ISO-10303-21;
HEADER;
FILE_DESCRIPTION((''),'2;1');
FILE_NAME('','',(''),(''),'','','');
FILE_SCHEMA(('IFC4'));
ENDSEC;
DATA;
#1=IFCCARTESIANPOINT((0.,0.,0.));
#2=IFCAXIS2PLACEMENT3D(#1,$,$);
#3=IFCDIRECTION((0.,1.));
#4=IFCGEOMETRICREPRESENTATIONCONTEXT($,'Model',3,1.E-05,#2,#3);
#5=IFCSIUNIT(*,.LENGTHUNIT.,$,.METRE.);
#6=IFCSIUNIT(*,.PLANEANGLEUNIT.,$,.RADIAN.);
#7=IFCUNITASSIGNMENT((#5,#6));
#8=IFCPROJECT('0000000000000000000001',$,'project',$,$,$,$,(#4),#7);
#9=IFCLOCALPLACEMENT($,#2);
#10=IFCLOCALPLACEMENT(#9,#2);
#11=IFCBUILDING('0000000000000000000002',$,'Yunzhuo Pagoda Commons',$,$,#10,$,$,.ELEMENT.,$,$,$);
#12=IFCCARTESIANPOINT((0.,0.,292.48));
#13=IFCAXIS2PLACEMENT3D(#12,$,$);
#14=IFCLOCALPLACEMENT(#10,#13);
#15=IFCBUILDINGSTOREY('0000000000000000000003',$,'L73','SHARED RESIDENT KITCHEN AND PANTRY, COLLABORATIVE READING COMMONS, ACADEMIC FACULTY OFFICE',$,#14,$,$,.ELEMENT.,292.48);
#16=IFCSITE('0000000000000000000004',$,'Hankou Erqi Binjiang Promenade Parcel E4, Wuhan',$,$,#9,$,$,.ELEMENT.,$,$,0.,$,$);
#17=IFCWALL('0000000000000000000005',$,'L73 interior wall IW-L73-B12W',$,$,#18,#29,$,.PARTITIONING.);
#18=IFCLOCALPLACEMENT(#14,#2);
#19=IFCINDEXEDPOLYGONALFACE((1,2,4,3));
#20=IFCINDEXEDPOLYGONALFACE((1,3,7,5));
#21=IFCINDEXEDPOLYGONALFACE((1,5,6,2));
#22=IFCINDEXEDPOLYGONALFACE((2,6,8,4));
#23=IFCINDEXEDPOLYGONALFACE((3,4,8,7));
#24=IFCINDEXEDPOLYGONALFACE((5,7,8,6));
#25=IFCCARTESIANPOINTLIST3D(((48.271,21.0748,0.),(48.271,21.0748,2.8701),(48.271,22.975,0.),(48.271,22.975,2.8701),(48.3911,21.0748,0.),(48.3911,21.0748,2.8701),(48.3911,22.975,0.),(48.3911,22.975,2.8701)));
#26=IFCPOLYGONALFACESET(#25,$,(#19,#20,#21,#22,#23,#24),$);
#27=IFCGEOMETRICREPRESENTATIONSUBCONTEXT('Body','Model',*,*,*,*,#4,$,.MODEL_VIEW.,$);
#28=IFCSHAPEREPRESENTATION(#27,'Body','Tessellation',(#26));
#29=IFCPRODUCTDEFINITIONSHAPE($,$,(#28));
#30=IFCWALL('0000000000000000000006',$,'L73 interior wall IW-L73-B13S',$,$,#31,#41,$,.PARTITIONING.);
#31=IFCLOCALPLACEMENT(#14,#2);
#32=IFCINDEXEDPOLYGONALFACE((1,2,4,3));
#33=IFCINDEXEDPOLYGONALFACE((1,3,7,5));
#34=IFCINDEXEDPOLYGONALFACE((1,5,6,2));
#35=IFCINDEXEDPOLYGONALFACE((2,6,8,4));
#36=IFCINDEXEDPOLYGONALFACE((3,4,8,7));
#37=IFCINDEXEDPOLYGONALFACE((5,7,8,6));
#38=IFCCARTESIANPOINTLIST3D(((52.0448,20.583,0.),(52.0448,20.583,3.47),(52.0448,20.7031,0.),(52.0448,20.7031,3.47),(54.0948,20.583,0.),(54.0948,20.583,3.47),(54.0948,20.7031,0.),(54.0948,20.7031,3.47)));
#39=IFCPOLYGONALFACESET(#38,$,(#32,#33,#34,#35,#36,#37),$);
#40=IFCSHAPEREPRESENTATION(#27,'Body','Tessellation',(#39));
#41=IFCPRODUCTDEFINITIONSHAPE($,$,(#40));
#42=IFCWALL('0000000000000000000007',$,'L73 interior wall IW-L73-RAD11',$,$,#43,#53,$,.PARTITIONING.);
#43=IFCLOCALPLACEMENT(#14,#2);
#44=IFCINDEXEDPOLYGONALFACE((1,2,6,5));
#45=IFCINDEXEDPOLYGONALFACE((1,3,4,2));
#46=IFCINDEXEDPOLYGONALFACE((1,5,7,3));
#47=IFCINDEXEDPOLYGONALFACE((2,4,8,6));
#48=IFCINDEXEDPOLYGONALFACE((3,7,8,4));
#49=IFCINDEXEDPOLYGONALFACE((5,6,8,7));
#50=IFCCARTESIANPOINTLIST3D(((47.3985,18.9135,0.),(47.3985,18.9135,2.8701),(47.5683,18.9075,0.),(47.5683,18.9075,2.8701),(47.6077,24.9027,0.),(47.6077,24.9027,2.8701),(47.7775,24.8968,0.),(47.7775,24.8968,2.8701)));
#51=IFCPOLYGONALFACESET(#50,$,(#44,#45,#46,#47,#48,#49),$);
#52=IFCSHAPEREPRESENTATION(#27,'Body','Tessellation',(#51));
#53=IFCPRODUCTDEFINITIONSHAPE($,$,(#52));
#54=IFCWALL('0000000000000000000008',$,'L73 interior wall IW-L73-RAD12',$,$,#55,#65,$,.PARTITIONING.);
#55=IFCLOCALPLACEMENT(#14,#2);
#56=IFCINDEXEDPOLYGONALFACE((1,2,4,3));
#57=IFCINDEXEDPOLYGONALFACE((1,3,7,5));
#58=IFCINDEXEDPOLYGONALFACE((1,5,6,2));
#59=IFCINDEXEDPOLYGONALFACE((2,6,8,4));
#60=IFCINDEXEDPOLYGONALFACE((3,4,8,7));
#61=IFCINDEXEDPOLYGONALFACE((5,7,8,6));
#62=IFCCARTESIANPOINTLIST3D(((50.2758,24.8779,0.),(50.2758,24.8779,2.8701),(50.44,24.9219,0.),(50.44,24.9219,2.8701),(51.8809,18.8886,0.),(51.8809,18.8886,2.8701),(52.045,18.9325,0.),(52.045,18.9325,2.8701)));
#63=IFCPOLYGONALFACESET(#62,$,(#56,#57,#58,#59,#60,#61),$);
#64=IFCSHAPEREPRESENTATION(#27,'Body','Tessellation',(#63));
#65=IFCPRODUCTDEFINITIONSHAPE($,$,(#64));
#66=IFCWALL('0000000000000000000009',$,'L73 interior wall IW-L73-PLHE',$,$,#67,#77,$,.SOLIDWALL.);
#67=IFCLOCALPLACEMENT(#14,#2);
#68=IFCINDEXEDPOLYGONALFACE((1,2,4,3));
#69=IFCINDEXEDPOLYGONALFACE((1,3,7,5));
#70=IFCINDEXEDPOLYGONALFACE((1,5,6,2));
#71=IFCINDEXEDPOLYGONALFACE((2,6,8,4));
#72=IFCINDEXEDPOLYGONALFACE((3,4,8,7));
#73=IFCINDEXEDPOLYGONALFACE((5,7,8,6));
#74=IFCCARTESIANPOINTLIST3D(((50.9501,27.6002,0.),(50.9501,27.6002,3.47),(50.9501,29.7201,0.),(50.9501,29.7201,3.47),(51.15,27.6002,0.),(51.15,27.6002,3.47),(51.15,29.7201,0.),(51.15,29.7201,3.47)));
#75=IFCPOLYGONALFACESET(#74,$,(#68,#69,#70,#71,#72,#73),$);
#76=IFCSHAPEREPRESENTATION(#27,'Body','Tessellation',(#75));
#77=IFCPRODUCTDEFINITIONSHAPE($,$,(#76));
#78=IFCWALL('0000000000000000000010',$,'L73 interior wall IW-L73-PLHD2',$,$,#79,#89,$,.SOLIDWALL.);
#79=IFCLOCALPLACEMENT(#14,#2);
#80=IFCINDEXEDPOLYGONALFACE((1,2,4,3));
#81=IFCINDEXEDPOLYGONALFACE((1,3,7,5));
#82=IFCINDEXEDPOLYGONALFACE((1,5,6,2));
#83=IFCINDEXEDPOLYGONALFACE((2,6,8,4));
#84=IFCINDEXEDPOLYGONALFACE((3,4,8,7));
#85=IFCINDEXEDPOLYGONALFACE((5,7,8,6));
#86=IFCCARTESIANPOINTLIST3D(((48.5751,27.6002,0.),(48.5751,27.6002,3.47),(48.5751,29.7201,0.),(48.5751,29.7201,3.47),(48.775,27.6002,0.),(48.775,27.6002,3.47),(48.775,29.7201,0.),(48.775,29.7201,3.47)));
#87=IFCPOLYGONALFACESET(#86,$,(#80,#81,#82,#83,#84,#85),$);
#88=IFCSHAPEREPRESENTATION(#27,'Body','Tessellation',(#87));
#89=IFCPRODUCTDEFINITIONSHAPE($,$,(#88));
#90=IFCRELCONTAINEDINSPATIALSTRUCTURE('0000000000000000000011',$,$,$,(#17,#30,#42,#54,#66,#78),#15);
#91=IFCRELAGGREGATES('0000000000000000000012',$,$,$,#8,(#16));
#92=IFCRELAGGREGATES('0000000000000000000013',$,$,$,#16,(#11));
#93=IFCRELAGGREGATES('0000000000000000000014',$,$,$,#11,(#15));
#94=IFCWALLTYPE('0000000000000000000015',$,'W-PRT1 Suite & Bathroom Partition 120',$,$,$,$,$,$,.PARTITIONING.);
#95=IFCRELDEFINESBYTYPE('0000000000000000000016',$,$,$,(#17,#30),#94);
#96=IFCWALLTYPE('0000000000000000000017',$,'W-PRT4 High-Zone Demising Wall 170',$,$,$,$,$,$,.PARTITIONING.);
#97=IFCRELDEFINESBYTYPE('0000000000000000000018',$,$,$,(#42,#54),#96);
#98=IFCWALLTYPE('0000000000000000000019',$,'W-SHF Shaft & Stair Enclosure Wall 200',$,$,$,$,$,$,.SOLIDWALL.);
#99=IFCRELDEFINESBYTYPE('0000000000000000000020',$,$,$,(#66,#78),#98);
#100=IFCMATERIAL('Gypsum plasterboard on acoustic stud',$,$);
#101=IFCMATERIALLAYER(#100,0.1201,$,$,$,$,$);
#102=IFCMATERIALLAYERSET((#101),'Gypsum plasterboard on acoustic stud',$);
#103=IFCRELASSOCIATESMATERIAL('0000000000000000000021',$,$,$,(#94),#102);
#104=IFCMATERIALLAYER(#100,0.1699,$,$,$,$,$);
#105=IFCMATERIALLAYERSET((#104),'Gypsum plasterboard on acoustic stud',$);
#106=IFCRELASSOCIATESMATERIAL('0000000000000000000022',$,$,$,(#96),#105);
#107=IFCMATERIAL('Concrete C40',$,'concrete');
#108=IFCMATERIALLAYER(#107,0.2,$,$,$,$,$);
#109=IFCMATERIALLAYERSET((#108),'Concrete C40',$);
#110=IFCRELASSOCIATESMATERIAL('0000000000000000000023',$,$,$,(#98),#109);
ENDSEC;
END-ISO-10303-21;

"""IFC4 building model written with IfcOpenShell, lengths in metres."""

from ifc_helpers import new_model, si_unit, direction, frame, frame_2d, origin, place, context, subcontext, project, spatial, rectangle, extrude, material, layer, layer_set, type_object, element, save


model = new_model("IFC4")

# Units and contexts
model_context = context("Model", 3, precision=1e-05, world=origin(), true_north=direction((0.0, 1.0)))
body_context = subcontext(model_context, "Body", "Model", "MODEL_VIEW")
ifc_project = project(units=[si_unit("LENGTHUNIT", "METRE"), si_unit("PLANEANGLEUNIT", "RADIAN")], contexts=[model_context])

# Site, building, storey
site_placement = place(None, origin())
site = spatial("IfcSite", under=ifc_project, at=site_placement, Name="Hankou Erqi Binjiang Promenade Parcel E4, Wuhan", CompositionType="ELEMENT", RefElevation=0.0)
building_placement = place(site_placement, origin())
building = spatial("IfcBuilding", under=site, at=building_placement, Name="Yunzhuo Pagoda Commons", CompositionType="ELEMENT")
storey_placement = place(building_placement, frame((0.0, 0.0, 292.48)))
storey = spatial("IfcBuildingStorey", under=building, at=storey_placement, Name="L73", Description="SHARED RESIDENT KITCHEN AND PANTRY, COLLABORATIVE READING COMMONS, ACADEMIC FACULTY OFFICE", CompositionType="ELEMENT", Elevation=292.48)

# Shared definitions
ifc_material_1 = material(Name="Gypsum plasterboard on acoustic stud")

# Shared definitions
ifc_layer_1 = layer(ifc_material_1, 0.1201)
ifc_layer_set_1 = layer_set([ifc_layer_1], Name="Gypsum plasterboard on acoustic stud")
wall_type_1 = type_object("IfcWallType", Name="W-PRT1 Suite & Bathroom Partition 120", PredefinedType="PARTITIONING", material=ifc_layer_set_1)

# Walls
wall_1_placement = place(storey_placement, frame((48.3311, 22.9751, 0.0), z_axis=(0.0, 0.0, 1.0), x_axis=(0.0, -1.0, 0.0)))
element("IfcWall", 1, at=wall_1_placement, inside=storey, type_object=wall_type_1, Name="L73 interior wall IW-L73-B12W", PredefinedType="PARTITIONING", context=body_context, shape_type="SweptSolid", body=[
    extrude(rectangle(XDim=1.9001, YDim=0.1201, at=frame_2d((0.9502, 0.0))), origin(), (0.0, 0.0, 1.0), 2.8701),
])
wall_2_placement = place(storey_placement, frame((52.0449, 20.6431, 0.0), z_axis=(0.0, 0.0, 1.0), x_axis=(1.0, 0.0, 0.0)))
element("IfcWall", 2, at=wall_2_placement, inside=storey, type_object=wall_type_1, Name="L73 interior wall IW-L73-B13S", PredefinedType="PARTITIONING", context=body_context, shape_type="SweptSolid", body=[
    extrude(rectangle(XDim=2.05, YDim=0.1201, at=frame_2d((1.0249, 0.0))), origin(), (0.0, 0.0, 1.0), 3.47),
])
ifc_layer_2 = layer(ifc_material_1, 0.1699)
ifc_layer_set_2 = layer_set([ifc_layer_2], Name="Gypsum plasterboard on acoustic stud")
wall_type_2 = type_object("IfcWallType", Name="W-PRT4 High-Zone Demising Wall 170", PredefinedType="PARTITIONING", material=ifc_layer_set_2)
wall_3_placement = place(storey_placement, frame((47.6926, 24.8999, 0.0), z_axis=(0.0, 0.0, 1.0), x_axis=(-0.034913, -0.99939, 0.0)))
element("IfcWall", 3, at=wall_3_placement, inside=storey, type_object=wall_type_2, Name="L73 interior wall IW-L73-RAD11", PredefinedType="PARTITIONING", context=body_context, shape_type="SweptSolid", body=[
    extrude(rectangle(XDim=5.9929, YDim=0.1699, at=frame_2d((2.9966, 0.0))), origin(), (0.0, 0.0, 1.0), 2.8701),
])
wall_4_placement = place(storey_placement, frame((50.3579, 24.8999, 0.0), z_axis=(0.0, 0.0, 1.0), x_axis=(0.258844, -0.965919, 0.0)))
element("IfcWall", 4, at=wall_4_placement, inside=storey, type_object=wall_type_2, Name="L73 interior wall IW-L73-RAD12", PredefinedType="PARTITIONING", context=body_context, shape_type="SweptSolid", body=[
    extrude(rectangle(XDim=6.2007, YDim=0.1699, at=frame_2d((3.1003, 0.0))), origin(), (0.0, 0.0, 1.0), 2.8701),
])
ifc_material_2 = material(Name="Concrete C40", Category="concrete")
ifc_layer_3 = layer(ifc_material_2, 0.2)
ifc_layer_set_3 = layer_set([ifc_layer_3], Name="Concrete C40")
wall_type_3 = type_object("IfcWallType", Name="W-SHF Shaft & Stair Enclosure Wall 200", PredefinedType="SOLIDWALL", material=ifc_layer_set_3)
for number, where, z_axis, x_axis, name in (
    (5, (51.05, 27.6001, 0.0), (0.0, 0.0, 1.0), (0.0, 1.0, 0.0), "L73 interior wall IW-L73-PLHE"),
    (6, (48.675, 27.6001, 0.0), (0.0, 0.0, 1.0), (0.0, 1.0, 0.0), "L73 interior wall IW-L73-PLHD2"),
):
    element("IfcWall", number, at=place(storey_placement, frame(where, z_axis=z_axis, x_axis=x_axis)), inside=storey, type_object=wall_type_3, Name=name, PredefinedType="SOLIDWALL", context=body_context, shape_type="SweptSolid", body=[
        extrude(rectangle(XDim=2.1199, YDim=0.2, at=frame_2d((1.0601, 0.0))), origin(), (0.0, 0.0, 1.0), 3.47),
    ])

save(model, "model.ifc")
